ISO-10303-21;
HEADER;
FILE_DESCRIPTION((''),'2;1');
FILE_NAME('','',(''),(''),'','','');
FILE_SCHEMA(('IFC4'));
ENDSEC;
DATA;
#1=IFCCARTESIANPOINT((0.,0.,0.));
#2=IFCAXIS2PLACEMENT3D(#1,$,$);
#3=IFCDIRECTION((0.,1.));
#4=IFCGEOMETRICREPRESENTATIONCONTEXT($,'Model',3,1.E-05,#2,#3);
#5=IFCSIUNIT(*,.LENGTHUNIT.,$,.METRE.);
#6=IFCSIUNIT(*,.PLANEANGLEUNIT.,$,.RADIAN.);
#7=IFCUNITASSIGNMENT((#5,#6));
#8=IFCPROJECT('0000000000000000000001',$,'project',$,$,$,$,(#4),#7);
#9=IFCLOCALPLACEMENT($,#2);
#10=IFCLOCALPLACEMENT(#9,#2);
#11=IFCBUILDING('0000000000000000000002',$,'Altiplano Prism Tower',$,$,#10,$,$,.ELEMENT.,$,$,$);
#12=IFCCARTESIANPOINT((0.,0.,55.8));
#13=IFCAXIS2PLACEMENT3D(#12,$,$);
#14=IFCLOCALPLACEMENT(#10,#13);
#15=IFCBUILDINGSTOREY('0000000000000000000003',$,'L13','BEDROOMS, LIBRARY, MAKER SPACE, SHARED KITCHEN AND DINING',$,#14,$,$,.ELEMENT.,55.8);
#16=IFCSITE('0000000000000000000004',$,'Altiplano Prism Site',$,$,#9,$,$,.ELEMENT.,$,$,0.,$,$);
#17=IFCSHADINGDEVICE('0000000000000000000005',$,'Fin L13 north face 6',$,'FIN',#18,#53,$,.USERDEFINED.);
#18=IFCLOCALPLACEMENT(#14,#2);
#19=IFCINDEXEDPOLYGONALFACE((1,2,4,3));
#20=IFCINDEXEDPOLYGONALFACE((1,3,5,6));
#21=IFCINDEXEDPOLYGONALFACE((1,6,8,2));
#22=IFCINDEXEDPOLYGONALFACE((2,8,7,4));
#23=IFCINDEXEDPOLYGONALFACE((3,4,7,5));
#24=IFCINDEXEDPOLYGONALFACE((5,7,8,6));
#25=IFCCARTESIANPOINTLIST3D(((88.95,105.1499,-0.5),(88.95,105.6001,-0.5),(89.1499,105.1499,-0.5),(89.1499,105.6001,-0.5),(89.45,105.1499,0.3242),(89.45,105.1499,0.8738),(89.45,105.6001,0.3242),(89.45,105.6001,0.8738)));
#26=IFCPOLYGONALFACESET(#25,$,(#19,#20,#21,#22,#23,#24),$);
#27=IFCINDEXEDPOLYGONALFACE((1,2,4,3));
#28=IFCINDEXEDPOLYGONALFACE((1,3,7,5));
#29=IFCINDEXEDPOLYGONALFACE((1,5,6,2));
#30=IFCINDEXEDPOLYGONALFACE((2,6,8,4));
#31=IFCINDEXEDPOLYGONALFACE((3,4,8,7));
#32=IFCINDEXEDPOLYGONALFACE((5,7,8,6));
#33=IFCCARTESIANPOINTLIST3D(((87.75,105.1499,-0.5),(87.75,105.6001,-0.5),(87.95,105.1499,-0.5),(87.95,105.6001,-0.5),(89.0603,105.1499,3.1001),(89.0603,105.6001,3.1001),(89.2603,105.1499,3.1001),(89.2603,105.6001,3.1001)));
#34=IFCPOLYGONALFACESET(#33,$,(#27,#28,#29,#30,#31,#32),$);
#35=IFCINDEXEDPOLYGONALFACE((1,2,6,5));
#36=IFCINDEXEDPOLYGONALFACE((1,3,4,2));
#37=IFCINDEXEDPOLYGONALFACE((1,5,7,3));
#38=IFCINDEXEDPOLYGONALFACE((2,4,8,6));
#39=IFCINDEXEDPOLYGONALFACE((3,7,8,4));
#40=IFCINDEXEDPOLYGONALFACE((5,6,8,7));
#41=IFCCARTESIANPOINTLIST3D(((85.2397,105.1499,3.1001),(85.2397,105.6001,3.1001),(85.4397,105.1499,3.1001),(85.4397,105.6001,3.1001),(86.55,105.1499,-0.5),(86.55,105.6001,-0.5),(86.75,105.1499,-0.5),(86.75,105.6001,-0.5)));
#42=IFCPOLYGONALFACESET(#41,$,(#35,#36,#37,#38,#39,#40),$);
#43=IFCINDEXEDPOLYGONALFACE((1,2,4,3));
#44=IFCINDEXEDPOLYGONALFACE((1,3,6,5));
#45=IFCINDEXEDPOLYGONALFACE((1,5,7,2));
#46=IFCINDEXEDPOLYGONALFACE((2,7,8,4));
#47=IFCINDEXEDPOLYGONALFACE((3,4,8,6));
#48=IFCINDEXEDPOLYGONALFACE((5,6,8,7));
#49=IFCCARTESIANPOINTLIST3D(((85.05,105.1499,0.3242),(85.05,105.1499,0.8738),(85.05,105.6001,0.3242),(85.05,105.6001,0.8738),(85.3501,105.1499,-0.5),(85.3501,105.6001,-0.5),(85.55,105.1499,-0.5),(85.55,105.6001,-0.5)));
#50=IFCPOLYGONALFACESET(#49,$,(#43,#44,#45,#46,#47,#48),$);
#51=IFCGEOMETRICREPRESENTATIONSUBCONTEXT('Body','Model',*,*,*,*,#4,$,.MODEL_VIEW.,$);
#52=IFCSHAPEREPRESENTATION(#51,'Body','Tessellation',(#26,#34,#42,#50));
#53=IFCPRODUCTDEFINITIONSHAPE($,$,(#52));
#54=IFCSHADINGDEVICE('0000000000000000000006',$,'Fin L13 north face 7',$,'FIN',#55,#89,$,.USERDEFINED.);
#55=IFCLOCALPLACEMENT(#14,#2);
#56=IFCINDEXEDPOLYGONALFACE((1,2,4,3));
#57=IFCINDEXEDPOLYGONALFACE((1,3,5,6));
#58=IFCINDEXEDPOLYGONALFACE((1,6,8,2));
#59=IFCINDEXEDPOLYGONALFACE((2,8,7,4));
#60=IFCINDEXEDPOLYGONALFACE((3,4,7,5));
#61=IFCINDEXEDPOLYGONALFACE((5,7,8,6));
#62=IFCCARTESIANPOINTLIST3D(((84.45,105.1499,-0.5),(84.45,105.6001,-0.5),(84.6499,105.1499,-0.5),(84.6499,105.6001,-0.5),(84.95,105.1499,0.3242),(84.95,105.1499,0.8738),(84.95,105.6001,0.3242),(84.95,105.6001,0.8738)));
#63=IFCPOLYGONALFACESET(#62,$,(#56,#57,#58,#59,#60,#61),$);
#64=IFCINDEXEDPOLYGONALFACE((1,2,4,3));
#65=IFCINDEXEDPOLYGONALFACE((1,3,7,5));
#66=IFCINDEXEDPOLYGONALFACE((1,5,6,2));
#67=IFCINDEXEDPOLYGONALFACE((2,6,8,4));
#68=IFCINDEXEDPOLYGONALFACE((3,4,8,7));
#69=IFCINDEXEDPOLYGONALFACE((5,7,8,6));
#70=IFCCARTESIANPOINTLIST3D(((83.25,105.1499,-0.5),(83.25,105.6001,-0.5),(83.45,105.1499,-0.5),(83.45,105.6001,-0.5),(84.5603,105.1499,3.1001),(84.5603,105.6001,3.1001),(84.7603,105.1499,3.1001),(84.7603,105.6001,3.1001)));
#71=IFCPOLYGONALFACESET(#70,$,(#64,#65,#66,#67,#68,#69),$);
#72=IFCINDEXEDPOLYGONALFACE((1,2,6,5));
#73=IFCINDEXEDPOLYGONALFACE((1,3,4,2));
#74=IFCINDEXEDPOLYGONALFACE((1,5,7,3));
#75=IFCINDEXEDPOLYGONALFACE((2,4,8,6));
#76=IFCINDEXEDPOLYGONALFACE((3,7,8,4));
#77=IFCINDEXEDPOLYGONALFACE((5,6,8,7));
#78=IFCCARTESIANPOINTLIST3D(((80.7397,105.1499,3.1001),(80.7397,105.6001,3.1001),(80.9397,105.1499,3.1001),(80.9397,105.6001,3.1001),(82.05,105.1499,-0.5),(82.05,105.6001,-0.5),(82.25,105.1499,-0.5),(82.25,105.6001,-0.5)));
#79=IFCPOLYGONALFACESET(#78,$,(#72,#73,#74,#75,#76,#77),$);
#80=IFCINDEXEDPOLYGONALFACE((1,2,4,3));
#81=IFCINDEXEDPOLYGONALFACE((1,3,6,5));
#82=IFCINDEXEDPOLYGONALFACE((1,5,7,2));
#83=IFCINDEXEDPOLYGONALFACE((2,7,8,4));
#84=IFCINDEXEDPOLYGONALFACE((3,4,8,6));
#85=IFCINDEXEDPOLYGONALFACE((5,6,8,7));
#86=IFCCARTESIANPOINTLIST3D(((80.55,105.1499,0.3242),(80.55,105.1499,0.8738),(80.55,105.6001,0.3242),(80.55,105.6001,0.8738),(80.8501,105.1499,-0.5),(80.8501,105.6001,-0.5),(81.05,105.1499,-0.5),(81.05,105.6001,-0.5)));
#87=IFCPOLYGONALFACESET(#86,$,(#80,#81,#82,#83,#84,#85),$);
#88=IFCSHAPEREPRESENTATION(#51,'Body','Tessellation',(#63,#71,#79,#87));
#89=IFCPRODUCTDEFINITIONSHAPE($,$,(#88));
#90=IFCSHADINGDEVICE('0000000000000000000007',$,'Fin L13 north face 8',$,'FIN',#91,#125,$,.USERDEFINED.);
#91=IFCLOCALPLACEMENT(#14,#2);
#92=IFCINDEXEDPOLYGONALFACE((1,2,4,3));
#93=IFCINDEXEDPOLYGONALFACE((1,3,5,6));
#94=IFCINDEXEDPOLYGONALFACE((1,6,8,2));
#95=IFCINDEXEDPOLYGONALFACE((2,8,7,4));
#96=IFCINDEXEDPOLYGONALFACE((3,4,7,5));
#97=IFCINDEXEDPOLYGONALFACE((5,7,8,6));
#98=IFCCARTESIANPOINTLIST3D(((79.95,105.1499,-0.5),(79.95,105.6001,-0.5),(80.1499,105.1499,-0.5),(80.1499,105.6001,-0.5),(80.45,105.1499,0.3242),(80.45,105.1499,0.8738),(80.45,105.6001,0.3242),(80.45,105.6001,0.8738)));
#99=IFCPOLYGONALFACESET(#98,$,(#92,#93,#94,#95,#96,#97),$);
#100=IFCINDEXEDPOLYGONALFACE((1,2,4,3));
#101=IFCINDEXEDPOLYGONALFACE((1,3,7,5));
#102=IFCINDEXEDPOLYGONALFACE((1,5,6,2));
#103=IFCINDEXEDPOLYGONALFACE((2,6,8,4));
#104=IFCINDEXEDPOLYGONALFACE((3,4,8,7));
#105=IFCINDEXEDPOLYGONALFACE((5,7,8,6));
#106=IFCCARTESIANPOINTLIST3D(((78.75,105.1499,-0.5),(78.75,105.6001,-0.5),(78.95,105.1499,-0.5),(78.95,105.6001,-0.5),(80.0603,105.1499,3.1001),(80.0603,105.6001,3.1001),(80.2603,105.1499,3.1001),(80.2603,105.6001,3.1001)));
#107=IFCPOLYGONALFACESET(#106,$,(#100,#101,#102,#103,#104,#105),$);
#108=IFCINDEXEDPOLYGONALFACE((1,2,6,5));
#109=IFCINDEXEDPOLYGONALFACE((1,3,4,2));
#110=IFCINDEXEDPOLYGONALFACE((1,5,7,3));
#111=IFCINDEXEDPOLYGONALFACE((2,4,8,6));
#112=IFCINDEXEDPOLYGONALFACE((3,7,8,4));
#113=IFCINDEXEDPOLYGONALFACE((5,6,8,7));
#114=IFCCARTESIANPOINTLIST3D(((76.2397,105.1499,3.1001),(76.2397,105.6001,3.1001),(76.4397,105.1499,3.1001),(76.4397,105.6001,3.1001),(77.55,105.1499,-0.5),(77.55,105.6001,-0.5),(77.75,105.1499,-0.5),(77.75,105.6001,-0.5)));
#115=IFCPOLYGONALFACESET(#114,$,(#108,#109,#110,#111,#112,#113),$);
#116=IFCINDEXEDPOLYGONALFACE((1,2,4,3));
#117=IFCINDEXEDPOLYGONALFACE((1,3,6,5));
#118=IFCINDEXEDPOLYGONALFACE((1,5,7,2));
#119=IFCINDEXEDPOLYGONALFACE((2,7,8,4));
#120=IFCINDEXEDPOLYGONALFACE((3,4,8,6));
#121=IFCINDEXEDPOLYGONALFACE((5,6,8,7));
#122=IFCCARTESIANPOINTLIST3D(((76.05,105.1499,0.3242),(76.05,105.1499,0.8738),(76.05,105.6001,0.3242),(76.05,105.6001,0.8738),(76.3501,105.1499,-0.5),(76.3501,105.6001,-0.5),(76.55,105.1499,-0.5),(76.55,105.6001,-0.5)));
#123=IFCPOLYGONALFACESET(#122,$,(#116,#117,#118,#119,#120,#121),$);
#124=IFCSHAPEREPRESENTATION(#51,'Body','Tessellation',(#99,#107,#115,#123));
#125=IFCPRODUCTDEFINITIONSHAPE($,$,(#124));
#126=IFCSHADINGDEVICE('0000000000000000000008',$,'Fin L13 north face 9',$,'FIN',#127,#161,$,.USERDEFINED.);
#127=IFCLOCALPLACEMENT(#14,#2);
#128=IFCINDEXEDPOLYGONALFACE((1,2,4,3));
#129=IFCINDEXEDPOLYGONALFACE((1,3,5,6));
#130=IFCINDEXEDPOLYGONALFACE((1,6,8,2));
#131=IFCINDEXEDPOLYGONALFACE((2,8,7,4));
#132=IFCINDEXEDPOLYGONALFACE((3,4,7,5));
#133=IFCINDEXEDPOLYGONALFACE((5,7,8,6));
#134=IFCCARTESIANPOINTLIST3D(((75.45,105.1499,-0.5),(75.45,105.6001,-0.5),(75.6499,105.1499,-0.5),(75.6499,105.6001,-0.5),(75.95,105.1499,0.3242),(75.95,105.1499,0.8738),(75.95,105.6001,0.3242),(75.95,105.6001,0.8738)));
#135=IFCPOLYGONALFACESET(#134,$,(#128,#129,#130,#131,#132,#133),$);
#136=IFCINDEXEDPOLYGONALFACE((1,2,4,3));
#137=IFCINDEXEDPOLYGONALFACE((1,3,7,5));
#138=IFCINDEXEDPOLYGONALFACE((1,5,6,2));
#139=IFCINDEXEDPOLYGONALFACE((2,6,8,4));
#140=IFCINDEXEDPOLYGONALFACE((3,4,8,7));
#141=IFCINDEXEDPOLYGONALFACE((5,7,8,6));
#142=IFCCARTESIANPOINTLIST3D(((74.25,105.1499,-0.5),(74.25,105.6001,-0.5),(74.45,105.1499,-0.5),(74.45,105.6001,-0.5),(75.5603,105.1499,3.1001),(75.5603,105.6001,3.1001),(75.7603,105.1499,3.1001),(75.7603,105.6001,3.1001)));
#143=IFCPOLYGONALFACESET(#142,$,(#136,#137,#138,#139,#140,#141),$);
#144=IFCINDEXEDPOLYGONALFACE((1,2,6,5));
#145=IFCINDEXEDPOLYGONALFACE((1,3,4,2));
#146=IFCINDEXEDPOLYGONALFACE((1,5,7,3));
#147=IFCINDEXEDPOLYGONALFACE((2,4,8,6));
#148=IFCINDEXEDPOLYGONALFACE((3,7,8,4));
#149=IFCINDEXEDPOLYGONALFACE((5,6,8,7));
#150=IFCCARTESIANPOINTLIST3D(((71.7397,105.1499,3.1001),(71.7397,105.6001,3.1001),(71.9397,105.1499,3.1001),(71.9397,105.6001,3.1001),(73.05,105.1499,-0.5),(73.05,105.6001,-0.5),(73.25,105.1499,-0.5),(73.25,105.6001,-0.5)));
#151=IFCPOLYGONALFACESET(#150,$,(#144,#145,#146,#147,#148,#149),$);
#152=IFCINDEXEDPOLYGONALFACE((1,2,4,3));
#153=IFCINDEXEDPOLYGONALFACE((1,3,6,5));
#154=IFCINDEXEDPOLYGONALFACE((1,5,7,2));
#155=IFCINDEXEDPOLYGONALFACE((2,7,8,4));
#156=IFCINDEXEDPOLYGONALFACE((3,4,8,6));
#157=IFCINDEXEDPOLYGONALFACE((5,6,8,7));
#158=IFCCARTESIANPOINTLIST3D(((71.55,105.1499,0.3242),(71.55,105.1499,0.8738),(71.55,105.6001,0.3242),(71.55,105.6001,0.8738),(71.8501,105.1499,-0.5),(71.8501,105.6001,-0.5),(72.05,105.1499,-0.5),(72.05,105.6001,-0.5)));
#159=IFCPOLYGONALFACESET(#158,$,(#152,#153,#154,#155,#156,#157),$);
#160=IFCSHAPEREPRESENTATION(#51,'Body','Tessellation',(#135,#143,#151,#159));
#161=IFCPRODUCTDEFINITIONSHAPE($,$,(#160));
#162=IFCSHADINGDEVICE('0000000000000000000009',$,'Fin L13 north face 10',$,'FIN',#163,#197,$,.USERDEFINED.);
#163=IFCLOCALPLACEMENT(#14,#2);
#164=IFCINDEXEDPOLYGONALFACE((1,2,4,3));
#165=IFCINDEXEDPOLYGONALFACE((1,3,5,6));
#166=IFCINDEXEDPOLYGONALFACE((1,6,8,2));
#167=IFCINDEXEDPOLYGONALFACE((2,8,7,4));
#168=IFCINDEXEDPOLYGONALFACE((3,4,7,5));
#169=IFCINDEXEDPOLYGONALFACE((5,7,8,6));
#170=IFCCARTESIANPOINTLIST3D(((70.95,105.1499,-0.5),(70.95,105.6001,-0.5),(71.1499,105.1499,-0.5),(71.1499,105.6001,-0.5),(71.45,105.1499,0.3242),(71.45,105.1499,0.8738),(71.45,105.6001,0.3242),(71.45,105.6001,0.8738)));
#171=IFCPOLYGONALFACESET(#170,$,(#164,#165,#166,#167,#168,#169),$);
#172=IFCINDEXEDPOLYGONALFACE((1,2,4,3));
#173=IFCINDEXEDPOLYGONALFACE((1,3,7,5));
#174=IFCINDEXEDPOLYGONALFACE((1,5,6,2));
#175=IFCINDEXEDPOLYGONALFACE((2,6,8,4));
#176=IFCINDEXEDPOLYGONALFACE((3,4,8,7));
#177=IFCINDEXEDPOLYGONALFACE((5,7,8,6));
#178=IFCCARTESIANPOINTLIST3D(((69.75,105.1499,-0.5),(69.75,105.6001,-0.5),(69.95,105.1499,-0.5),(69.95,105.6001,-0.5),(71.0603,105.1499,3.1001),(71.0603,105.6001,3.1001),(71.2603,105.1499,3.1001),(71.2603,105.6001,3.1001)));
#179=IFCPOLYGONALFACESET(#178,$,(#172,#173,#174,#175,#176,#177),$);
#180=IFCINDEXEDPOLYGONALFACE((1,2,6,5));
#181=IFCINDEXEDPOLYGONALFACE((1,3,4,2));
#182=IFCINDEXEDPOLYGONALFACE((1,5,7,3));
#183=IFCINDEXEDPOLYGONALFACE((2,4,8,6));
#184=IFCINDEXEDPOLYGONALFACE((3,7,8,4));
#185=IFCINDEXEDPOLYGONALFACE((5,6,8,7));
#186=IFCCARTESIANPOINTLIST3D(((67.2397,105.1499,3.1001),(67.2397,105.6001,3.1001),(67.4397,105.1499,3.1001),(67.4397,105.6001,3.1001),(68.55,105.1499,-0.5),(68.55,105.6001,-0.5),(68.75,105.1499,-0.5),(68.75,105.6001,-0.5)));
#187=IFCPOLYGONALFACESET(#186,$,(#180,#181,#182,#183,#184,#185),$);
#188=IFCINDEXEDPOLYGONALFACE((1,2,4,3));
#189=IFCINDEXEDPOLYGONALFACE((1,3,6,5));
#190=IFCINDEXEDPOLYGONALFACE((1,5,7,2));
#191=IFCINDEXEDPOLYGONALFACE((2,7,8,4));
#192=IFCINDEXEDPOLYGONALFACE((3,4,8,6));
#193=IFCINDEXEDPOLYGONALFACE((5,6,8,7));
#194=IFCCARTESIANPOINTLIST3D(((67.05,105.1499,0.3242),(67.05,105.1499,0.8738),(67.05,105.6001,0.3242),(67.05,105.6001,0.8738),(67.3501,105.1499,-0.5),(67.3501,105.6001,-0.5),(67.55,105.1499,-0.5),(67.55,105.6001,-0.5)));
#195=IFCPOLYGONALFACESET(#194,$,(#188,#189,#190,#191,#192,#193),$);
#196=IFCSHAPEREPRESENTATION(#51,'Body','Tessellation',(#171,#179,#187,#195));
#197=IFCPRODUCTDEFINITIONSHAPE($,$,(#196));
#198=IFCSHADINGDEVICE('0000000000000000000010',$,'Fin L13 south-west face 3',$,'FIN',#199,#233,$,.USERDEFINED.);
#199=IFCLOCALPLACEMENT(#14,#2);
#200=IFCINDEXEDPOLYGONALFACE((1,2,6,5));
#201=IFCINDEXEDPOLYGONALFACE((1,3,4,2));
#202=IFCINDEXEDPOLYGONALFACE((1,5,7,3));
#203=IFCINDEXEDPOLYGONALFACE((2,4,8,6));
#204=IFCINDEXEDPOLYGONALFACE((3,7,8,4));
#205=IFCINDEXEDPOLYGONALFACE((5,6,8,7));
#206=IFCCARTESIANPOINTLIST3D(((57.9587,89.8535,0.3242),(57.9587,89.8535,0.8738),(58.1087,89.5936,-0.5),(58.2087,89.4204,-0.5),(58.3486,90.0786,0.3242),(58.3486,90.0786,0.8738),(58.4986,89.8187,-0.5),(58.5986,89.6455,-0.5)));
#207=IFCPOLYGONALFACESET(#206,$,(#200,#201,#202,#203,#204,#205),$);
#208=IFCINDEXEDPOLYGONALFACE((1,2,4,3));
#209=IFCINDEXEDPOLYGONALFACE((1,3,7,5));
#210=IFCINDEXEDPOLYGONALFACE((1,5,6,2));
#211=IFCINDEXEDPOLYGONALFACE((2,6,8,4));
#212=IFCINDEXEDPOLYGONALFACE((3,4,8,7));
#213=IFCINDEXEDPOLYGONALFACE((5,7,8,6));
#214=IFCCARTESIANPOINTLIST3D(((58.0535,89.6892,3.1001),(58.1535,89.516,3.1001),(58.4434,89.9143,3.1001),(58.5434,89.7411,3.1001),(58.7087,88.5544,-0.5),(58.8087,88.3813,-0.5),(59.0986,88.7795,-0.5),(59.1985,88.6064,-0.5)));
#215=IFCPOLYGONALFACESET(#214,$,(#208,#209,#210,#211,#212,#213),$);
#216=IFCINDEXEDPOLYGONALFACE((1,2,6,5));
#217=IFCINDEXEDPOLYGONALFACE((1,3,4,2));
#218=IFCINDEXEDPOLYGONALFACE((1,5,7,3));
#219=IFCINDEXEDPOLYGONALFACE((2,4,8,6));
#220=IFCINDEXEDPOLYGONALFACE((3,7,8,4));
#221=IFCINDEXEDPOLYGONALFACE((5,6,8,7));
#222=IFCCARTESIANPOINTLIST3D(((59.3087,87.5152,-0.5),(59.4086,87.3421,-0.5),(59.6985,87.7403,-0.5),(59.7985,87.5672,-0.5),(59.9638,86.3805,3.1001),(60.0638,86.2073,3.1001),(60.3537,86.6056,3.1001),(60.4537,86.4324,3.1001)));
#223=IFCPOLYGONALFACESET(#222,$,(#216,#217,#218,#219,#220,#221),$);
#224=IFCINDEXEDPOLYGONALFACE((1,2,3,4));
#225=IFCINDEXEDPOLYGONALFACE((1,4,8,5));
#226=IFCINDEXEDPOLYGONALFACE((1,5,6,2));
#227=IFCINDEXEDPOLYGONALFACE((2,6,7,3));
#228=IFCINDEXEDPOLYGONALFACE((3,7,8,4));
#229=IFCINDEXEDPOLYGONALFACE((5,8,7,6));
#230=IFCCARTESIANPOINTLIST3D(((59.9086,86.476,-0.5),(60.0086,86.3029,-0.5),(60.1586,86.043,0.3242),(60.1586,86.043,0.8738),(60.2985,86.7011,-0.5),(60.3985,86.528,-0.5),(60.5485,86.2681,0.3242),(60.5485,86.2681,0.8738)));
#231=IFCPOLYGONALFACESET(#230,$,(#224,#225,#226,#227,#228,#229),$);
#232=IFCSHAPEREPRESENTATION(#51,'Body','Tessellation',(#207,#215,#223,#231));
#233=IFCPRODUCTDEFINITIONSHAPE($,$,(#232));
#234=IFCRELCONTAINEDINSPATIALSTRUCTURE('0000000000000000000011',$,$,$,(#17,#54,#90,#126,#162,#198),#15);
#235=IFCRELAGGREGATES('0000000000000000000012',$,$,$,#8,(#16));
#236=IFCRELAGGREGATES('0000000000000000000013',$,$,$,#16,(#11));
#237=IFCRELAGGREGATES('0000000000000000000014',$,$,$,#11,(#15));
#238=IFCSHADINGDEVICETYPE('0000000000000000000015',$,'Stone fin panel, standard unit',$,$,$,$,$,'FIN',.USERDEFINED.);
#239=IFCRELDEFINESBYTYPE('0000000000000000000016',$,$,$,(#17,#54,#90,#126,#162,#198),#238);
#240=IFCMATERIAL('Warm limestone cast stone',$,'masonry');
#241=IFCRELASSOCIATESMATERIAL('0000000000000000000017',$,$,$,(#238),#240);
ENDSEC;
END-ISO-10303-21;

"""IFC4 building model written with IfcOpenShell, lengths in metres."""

from ifc_helpers import new_model, si_unit, direction, frame, origin, place, context, subcontext, project, spatial, polyline, outline, extrude, source, transform, mapped, material, type_object, element, save


model = new_model("IFC4")

# Units and contexts
model_context = context("Model", 3, precision=1e-05, world=origin(), true_north=direction((0.0, 1.0)))
body_context = subcontext(model_context, "Body", "Model", "MODEL_VIEW")
ifc_project = project(units=[si_unit("LENGTHUNIT", "METRE"), si_unit("PLANEANGLEUNIT", "RADIAN")], contexts=[model_context])

# Site, building, storey
site_placement = place(None, origin())
site = spatial("IfcSite", under=ifc_project, at=site_placement, Name="Altiplano Prism Site", CompositionType="ELEMENT", RefElevation=0.0)
building_placement = place(site_placement, origin())
building = spatial("IfcBuilding", under=site, at=building_placement, Name="Altiplano Prism Tower", CompositionType="ELEMENT")
storey_placement = place(building_placement, frame((0.0, 0.0, 55.8)))
storey = spatial("IfcBuildingStorey", under=building, at=storey_placement, Name="L13", Description="BEDROOMS, LIBRARY, MAKER SPACE, SHARED KITCHEN AND DINING", CompositionType="ELEMENT", Elevation=55.8)

# Shading devices
ifc_material_1 = material(Name="Warm limestone cast stone", Category="masonry")
shading_device_type_1 = type_object("IfcShadingDeviceType", Name="Stone fin panel, standard unit", ElementType="FIN", PredefinedType="USERDEFINED", material=ifc_material_1)
shared_shape_1 = source(origin(), body_context, "Body", "SweptSolid", [
    extrude(outline(polyline([(-2.2, 1.3738), (-2.2, 0.8242), (-1.8999, 0.0), (-1.7, 0.0), (-2.2, 1.3738)])), frame((0.0, -0.1499, 0.0), z_axis=(0.0, -1.0, 0.0), x_axis=(1.0, 0.0, 0.0)), (0.0, 0.0, 1.0), 0.4502),
    extrude(outline(polyline([(-2.0103, 3.6001), (-0.7, 0.0), (-0.5, 0.0), (-1.8103, 3.6001), (-2.0103, 3.6001)])), frame((0.0, -0.1499, 0.0), z_axis=(0.0, -1.0, 0.0), x_axis=(1.0, 0.0, 0.0)), (0.0, 0.0, 1.0), 0.4502),
    extrude(outline(polyline([(1.8103, 3.6001), (0.5, 0.0), (0.7, 0.0), (2.0103, 3.6001), (1.8103, 3.6001)])), frame((0.0, -0.1499, 0.0), z_axis=(0.0, -1.0, 0.0), x_axis=(1.0, 0.0, 0.0)), (0.0, 0.0, 1.0), 0.4502),
    extrude(outline(polyline([(2.2, 0.8242), (2.2, 1.3738), (1.7, 0.0), (1.8999, 0.0), (2.2, 0.8242)])), frame((0.0, -0.1499, 0.0), z_axis=(0.0, -1.0, 0.0), x_axis=(1.0, 0.0, 0.0)), (0.0, 0.0, 1.0), 0.4502),
])
shading_device_1_placement = place(storey_placement, origin())
element("IfcShadingDevice", 1, at=shading_device_1_placement, inside=storey, type_object=shading_device_type_1, Name="Fin L13 north face 6", ObjectType="FIN", PredefinedType="USERDEFINED", context=body_context, shape_type="MappedRepresentation", body=[
    mapped(shared_shape_1, transform((87.25, 105.0, -0.5), x_axis=(-1.0, 0.0, 0.0), y_axis=(0.0, -1.0, 0.0), z_axis=(0.0, 0.0, 1.0))),
])
shading_device_2_placement = place(storey_placement, origin())
element("IfcShadingDevice", 2, at=shading_device_2_placement, inside=storey, type_object=shading_device_type_1, Name="Fin L13 north face 7", ObjectType="FIN", PredefinedType="USERDEFINED", context=body_context, shape_type="MappedRepresentation", body=[
    mapped(shared_shape_1, transform((82.75, 105.0, -0.5), x_axis=(-1.0, 0.0, 0.0), y_axis=(0.0, -1.0, 0.0), z_axis=(0.0, 0.0, 1.0))),
])
shading_device_3_placement = place(storey_placement, origin())
element("IfcShadingDevice", 3, at=shading_device_3_placement, inside=storey, type_object=shading_device_type_1, Name="Fin L13 north face 8", ObjectType="FIN", PredefinedType="USERDEFINED", context=body_context, shape_type="MappedRepresentation", body=[
    mapped(shared_shape_1, transform((78.25, 105.0, -0.5), x_axis=(-1.0, 0.0, 0.0), y_axis=(0.0, -1.0, 0.0), z_axis=(0.0, 0.0, 1.0))),
])
shading_device_4_placement = place(storey_placement, origin())
element("IfcShadingDevice", 4, at=shading_device_4_placement, inside=storey, type_object=shading_device_type_1, Name="Fin L13 north face 9", ObjectType="FIN", PredefinedType="USERDEFINED", context=body_context, shape_type="MappedRepresentation", body=[
    mapped(shared_shape_1, transform((73.75, 105.0, -0.5), x_axis=(-1.0, 0.0, 0.0), y_axis=(0.0, -1.0, 0.0), z_axis=(0.0, 0.0, 1.0))),
])
shading_device_5_placement = place(storey_placement, origin())
element("IfcShadingDevice", 5, at=shading_device_5_placement, inside=storey, type_object=shading_device_type_1, Name="Fin L13 north face 10", ObjectType="FIN", PredefinedType="USERDEFINED", context=body_context, shape_type="MappedRepresentation", body=[
    mapped(shared_shape_1, transform((69.25, 105.0, -0.5), x_axis=(-1.0, 0.0, 0.0), y_axis=(0.0, -1.0, 0.0), z_axis=(0.0, 0.0, 1.0))),
])
shading_device_6_placement = place(storey_placement, origin())
element("IfcShadingDevice", 6, at=shading_device_6_placement, inside=storey, type_object=shading_device_type_1, Name="Fin L13 south-west face 3", ObjectType="FIN", PredefinedType="USERDEFINED", context=body_context, shape_type="MappedRepresentation", body=[
    mapped(shared_shape_1, transform((59.5784, 88.2483, -0.5), x_axis=(0.5, -0.866025, 0.0), y_axis=(0.866025, 0.5, 0.0), z_axis=(0.0, 0.0, 1.0))),
])

save(model, "model.ifc")
